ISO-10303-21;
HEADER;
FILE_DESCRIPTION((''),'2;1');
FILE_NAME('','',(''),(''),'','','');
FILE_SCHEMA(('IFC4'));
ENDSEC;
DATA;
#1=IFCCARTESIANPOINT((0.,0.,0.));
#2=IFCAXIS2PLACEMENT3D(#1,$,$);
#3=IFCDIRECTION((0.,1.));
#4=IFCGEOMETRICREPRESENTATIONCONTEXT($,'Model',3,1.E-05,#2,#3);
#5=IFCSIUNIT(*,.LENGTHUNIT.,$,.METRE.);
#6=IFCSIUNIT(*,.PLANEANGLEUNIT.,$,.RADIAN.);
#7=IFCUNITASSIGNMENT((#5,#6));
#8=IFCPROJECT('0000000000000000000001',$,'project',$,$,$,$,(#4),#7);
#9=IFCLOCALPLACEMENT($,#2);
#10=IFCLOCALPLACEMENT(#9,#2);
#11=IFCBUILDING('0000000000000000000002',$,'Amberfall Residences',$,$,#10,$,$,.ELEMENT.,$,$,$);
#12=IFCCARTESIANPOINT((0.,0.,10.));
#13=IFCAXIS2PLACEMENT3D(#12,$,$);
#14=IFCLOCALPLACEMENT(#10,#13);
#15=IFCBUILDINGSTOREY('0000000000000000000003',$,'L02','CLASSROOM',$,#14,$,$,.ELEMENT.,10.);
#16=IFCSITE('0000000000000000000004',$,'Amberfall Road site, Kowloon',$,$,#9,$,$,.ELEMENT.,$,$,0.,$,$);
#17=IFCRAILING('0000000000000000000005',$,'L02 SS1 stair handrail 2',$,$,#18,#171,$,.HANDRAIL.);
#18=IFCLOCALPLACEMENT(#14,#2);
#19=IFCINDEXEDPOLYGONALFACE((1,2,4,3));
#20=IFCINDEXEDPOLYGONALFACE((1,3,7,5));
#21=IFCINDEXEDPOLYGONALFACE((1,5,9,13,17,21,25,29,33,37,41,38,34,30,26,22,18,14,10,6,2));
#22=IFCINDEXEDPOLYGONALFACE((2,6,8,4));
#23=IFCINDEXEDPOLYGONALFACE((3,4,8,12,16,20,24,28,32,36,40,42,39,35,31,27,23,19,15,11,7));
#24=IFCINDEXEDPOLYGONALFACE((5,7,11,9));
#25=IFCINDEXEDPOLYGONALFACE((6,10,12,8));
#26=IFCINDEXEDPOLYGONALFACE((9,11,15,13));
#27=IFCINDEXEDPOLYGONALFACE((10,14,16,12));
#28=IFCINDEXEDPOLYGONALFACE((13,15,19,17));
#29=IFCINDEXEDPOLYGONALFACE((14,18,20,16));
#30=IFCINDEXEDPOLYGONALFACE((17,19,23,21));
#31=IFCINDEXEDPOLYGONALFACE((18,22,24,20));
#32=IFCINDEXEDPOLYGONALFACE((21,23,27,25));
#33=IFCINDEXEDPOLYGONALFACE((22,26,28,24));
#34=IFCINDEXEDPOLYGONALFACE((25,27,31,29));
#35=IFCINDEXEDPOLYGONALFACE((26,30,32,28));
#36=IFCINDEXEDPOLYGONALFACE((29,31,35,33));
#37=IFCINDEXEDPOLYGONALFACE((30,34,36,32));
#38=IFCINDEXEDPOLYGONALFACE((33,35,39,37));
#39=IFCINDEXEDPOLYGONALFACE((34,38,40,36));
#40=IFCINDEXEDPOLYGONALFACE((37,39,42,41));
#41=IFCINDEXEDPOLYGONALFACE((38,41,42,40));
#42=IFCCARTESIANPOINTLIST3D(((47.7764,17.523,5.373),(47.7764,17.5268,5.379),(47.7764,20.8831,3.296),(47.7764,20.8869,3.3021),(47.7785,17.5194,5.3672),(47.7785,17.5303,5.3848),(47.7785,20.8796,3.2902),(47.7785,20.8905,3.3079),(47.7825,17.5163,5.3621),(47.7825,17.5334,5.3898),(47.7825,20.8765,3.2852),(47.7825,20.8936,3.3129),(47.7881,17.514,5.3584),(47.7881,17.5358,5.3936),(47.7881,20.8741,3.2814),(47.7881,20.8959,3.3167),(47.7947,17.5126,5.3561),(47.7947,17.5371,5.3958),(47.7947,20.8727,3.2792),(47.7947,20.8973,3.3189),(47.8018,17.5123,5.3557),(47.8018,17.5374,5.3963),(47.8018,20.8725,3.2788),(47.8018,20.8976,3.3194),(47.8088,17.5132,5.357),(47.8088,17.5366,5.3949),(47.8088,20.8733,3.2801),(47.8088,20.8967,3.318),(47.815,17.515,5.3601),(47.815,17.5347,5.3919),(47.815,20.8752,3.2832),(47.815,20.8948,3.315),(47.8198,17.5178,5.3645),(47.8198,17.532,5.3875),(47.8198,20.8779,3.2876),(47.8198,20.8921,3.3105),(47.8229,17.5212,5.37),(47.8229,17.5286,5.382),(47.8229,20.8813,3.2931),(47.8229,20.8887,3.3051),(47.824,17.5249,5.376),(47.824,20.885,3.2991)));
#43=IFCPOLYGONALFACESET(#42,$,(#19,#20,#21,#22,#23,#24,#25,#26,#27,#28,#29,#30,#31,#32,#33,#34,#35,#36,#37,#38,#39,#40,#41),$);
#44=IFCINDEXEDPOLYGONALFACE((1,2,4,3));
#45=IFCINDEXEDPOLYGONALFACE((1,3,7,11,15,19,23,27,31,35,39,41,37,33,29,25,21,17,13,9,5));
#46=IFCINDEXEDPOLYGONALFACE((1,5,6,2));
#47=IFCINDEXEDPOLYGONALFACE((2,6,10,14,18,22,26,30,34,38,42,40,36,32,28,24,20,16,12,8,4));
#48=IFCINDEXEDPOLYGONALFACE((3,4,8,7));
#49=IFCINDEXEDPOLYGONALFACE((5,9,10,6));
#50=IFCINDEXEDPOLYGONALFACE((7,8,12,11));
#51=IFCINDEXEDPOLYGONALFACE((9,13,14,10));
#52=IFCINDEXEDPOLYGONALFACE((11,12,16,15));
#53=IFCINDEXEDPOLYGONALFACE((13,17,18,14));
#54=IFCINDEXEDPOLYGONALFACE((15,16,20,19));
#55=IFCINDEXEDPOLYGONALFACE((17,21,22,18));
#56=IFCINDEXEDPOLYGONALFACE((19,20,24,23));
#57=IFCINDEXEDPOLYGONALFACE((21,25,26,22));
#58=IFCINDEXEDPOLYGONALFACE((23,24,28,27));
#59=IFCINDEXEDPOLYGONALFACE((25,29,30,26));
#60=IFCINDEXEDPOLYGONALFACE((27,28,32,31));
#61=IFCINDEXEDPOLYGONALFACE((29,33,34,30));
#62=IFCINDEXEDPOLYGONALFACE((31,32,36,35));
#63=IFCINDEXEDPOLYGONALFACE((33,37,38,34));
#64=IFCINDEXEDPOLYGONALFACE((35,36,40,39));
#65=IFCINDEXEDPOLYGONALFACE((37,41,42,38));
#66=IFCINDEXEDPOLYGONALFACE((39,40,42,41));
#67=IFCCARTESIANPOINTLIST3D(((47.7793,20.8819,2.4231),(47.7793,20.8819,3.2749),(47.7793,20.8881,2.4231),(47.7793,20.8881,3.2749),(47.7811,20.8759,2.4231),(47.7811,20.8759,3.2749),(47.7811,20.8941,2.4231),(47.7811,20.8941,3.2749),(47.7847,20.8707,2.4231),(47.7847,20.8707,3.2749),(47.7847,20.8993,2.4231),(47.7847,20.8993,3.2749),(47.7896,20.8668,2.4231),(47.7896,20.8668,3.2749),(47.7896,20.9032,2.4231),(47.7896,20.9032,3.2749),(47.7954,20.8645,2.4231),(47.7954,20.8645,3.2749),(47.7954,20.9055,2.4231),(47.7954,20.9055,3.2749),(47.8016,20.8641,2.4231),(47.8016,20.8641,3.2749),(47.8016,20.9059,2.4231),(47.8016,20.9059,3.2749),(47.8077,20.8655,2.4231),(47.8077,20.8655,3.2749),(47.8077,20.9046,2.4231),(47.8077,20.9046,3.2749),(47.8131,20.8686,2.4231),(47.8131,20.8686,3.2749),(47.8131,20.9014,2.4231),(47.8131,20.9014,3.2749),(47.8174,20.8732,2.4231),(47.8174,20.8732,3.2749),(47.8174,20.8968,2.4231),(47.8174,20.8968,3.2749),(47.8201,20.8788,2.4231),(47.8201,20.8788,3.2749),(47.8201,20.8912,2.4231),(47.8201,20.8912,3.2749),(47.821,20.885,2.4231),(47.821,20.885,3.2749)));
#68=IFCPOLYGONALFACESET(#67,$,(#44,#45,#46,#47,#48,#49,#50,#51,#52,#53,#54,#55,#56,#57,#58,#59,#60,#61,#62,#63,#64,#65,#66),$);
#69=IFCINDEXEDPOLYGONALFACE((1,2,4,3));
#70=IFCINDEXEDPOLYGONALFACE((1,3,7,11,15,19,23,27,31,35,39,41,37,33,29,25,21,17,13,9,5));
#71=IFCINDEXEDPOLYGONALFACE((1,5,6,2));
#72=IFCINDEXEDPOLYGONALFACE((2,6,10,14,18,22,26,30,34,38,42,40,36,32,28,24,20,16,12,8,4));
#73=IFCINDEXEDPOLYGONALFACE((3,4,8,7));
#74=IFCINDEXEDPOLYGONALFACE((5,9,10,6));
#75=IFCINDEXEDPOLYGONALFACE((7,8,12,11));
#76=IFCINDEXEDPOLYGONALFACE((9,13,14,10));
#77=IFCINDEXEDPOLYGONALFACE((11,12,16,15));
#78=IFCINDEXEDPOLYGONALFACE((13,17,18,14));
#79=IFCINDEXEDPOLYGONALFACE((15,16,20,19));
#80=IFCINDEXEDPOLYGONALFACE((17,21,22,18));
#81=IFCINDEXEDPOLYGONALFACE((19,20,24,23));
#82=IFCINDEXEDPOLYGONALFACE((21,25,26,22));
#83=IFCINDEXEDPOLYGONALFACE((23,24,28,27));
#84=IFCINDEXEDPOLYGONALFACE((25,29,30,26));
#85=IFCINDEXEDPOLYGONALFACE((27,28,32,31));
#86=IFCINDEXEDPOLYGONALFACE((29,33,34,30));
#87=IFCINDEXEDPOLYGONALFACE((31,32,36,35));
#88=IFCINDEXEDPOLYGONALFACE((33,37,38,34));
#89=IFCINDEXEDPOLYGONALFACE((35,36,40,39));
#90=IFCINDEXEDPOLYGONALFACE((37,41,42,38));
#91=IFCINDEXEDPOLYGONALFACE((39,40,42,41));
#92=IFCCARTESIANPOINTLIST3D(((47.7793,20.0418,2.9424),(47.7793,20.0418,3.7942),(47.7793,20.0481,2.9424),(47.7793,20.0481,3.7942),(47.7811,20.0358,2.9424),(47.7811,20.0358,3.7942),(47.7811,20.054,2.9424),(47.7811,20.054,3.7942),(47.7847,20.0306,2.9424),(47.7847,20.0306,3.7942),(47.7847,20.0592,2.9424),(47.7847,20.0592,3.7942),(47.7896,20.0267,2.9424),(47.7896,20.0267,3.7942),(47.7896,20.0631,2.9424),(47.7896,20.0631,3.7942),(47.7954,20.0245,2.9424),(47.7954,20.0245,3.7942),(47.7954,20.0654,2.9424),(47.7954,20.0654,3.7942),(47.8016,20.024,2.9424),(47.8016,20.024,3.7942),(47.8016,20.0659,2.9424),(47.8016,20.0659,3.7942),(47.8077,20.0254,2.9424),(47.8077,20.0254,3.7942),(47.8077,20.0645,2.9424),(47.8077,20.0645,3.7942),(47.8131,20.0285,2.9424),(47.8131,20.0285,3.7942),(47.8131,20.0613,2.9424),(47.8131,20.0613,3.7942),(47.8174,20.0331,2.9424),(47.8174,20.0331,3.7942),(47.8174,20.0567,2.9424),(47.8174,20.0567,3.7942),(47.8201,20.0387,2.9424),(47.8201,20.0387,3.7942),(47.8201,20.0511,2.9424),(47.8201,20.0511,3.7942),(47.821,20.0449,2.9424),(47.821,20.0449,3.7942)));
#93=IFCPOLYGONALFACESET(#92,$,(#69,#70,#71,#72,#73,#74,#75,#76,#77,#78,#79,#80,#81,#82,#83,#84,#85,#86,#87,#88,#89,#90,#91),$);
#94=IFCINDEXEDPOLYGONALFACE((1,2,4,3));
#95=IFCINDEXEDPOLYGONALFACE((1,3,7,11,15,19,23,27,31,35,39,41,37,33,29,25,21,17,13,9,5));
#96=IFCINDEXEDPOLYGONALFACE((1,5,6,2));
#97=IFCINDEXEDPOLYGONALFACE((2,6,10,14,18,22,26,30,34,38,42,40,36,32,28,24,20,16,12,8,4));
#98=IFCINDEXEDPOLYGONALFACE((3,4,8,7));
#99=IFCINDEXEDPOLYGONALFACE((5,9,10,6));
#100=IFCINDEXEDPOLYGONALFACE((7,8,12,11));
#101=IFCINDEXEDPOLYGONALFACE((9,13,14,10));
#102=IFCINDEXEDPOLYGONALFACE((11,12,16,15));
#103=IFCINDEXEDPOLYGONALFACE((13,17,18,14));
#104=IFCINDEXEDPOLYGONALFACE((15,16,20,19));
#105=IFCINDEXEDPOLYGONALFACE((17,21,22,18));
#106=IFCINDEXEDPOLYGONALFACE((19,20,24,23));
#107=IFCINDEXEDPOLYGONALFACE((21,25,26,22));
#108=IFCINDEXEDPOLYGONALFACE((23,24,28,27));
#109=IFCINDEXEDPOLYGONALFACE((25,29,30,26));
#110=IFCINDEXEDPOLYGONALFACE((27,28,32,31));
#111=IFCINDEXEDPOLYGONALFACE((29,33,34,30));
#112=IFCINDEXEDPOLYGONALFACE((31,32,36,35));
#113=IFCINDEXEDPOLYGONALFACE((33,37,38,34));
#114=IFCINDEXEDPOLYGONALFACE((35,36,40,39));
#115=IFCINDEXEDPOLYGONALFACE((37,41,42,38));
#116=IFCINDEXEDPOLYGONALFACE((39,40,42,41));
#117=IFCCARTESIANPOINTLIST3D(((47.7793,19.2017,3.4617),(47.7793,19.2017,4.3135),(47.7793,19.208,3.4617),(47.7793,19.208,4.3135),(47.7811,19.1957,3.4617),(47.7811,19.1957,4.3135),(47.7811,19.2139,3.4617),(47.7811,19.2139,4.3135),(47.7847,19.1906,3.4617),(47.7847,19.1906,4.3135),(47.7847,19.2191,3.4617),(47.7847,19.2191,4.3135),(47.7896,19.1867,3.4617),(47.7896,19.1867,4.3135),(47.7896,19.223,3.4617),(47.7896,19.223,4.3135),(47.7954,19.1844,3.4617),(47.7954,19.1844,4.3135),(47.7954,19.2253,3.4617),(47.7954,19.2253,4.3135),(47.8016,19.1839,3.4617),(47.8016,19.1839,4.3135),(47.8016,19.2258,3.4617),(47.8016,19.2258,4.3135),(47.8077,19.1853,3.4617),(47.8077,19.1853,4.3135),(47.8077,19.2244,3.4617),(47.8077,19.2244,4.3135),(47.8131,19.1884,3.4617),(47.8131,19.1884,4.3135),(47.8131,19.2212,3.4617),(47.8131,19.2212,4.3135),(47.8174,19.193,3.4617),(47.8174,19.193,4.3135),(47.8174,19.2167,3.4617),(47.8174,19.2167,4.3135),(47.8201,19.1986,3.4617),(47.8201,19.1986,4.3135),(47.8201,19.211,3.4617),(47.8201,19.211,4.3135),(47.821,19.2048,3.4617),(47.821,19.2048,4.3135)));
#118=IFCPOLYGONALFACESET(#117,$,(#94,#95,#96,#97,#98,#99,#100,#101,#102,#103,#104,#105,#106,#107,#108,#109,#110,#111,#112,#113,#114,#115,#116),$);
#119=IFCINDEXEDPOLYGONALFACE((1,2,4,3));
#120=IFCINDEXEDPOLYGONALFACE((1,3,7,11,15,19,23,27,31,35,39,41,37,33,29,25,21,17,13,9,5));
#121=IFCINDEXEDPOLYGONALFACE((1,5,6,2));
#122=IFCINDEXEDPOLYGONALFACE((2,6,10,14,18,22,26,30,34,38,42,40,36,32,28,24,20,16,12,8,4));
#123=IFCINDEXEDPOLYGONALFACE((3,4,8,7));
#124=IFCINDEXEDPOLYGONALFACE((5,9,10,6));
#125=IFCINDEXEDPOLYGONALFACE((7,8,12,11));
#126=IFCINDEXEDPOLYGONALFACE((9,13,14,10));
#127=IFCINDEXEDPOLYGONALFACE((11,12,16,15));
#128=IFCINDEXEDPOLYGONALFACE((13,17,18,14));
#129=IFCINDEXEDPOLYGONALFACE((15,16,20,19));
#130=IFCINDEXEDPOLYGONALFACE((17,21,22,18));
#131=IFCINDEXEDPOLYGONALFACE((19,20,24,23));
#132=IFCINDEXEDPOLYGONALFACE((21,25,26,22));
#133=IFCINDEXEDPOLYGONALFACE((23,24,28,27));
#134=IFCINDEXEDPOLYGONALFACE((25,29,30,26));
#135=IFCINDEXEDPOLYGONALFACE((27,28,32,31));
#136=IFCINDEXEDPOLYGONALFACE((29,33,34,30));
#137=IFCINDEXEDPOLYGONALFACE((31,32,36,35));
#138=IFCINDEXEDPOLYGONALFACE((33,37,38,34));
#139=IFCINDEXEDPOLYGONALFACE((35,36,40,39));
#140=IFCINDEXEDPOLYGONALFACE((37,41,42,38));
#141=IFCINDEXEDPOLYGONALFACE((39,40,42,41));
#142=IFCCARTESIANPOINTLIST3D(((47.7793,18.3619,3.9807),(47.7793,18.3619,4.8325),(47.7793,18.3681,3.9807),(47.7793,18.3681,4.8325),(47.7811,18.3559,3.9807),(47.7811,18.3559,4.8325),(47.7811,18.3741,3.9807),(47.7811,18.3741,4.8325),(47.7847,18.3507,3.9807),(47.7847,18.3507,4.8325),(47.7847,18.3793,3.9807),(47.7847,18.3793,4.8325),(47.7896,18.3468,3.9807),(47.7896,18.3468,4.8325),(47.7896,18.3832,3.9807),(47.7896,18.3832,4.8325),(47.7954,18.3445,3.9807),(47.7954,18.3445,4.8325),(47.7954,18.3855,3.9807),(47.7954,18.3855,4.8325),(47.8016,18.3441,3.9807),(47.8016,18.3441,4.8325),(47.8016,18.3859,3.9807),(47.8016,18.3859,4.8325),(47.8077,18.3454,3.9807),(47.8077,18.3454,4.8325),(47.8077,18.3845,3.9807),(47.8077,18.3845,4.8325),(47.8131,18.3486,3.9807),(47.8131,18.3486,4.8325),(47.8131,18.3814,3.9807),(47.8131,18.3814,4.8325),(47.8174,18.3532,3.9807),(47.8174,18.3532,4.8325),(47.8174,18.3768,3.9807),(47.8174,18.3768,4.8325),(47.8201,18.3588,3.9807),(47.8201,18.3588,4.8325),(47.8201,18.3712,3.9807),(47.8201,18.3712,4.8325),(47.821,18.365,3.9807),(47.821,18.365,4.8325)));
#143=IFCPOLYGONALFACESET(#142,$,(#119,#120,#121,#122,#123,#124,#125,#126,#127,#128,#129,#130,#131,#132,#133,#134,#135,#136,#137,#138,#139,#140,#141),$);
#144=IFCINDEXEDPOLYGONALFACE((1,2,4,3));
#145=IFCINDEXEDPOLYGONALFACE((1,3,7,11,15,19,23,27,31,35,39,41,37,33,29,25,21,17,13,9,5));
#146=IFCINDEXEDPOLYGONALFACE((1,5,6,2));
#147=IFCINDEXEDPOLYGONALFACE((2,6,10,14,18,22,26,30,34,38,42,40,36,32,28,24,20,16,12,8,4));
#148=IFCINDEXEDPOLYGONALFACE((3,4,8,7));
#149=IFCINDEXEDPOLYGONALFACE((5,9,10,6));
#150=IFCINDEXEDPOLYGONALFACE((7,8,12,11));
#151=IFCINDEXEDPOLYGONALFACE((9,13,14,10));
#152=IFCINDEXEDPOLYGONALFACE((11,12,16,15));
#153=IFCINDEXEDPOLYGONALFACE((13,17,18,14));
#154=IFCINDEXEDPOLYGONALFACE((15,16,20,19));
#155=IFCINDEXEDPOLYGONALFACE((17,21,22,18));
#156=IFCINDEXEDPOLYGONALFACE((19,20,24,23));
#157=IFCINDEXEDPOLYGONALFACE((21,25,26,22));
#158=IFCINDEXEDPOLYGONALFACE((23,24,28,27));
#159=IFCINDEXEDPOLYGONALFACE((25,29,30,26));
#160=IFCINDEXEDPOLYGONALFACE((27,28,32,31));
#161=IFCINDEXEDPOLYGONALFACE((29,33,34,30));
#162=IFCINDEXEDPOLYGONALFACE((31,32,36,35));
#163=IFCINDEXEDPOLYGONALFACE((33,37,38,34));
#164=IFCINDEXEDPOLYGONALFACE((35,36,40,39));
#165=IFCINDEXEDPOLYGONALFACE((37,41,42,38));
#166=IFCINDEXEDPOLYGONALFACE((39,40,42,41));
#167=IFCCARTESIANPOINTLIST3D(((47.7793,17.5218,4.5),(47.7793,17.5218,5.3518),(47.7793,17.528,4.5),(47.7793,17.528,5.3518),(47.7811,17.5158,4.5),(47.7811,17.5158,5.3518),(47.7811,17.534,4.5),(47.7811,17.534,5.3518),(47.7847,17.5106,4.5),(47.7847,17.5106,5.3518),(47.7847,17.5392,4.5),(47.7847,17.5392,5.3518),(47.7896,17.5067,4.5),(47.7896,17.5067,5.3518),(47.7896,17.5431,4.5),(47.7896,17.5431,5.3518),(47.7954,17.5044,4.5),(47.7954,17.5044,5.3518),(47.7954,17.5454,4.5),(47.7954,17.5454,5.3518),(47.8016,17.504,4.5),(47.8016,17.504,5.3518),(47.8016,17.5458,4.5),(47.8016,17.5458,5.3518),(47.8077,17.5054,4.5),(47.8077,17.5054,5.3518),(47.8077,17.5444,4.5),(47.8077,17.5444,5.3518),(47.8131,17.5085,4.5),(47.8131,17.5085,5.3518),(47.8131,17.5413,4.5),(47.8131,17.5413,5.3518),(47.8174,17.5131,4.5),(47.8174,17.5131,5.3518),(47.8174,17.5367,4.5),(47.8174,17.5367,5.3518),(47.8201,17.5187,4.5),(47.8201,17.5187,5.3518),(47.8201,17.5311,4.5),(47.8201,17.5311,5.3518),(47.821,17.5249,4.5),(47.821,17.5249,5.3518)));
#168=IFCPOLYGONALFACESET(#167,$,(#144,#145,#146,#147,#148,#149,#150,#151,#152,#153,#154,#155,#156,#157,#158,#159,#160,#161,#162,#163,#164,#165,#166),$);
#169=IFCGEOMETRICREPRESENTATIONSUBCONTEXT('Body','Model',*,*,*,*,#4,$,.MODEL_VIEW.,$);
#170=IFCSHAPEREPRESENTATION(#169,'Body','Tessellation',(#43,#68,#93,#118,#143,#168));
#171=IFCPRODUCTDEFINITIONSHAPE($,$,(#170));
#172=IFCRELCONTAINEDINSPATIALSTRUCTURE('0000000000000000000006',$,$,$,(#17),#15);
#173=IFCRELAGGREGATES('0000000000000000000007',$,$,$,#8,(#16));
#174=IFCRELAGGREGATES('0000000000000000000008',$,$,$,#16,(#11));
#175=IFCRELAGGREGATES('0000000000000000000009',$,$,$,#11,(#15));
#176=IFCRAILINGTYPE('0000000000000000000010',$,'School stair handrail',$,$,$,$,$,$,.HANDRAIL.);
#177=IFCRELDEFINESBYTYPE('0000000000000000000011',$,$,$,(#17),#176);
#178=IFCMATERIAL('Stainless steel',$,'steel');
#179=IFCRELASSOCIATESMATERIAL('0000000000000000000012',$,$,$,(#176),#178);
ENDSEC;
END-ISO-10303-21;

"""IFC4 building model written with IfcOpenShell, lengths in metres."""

from ifc_helpers import new_model, si_unit, direction, frame, origin, origin_2d, place, context, subcontext, project, spatial, circle, extrude, material, type_object, element, save


model = new_model("IFC4")

# Units and contexts
model_context = context("Model", 3, precision=1e-05, world=origin(), true_north=direction((0.0, 1.0)))
body_context = subcontext(model_context, "Body", "Model", "MODEL_VIEW")
ifc_project = project(units=[si_unit("LENGTHUNIT", "METRE"), si_unit("PLANEANGLEUNIT", "RADIAN")], contexts=[model_context])

# Site, building, storey
site_placement = place(None, origin())
site = spatial("IfcSite", under=ifc_project, at=site_placement, Name="Amberfall Road site, Kowloon", CompositionType="ELEMENT", RefElevation=0.0)
building_placement = place(site_placement, origin())
building = spatial("IfcBuilding", under=site, at=building_placement, Name="Amberfall Residences", CompositionType="ELEMENT")
storey_placement = place(building_placement, frame((0.0, 0.0, 10.0)))
storey = spatial("IfcBuildingStorey", under=building, at=storey_placement, Name="L02", Description="CLASSROOM", CompositionType="ELEMENT", Elevation=10.0)

# Railing
ifc_material_1 = material(Name="Stainless steel", Category="steel")
railing_type_1 = type_object("IfcRailingType", Name="School stair handrail", PredefinedType="HANDRAIL", material=ifc_material_1)
railing_1_placement = place(storey_placement, frame((47.8, 20.885, 2.4231)))
element("IfcRailing", 1, at=railing_1_placement, inside=storey, type_object=railing_type_1, Name="L02 SS1 stair handrail 2", PredefinedType="HANDRAIL", context=body_context, shape_type="SweptSolid", body=[
    extrude(circle(Radius=0.0239, at=origin_2d()), frame((0.0, 0.0, 0.876), z_axis=(0.0, -0.850623, 0.525776), x_axis=(1.0, 0.0, 0.0)), (0.0, 0.0, 1.0), 3.9502),
    extrude(circle(Radius=0.021, at=origin_2d()), origin(), (0.0, 0.0, 1.0), 0.8518),
    extrude(circle(Radius=0.021, at=origin_2d()), frame((0.0, -0.8401, 0.5193)), (0.0, 0.0, 1.0), 0.8518),
    extrude(circle(Radius=0.021, at=origin_2d()), frame((0.0, -1.6802, 1.0386)), (0.0, 0.0, 1.0), 0.8518),
    extrude(circle(Radius=0.021, at=origin_2d()), frame((0.0, -2.52, 1.5576)), (0.0, 0.0, 1.0), 0.8518),
    extrude(circle(Radius=0.021, at=origin_2d()), frame((0.0, -3.3601, 2.0769)), (0.0, 0.0, 1.0), 0.8518),
])

save(model, "model.ifc")
